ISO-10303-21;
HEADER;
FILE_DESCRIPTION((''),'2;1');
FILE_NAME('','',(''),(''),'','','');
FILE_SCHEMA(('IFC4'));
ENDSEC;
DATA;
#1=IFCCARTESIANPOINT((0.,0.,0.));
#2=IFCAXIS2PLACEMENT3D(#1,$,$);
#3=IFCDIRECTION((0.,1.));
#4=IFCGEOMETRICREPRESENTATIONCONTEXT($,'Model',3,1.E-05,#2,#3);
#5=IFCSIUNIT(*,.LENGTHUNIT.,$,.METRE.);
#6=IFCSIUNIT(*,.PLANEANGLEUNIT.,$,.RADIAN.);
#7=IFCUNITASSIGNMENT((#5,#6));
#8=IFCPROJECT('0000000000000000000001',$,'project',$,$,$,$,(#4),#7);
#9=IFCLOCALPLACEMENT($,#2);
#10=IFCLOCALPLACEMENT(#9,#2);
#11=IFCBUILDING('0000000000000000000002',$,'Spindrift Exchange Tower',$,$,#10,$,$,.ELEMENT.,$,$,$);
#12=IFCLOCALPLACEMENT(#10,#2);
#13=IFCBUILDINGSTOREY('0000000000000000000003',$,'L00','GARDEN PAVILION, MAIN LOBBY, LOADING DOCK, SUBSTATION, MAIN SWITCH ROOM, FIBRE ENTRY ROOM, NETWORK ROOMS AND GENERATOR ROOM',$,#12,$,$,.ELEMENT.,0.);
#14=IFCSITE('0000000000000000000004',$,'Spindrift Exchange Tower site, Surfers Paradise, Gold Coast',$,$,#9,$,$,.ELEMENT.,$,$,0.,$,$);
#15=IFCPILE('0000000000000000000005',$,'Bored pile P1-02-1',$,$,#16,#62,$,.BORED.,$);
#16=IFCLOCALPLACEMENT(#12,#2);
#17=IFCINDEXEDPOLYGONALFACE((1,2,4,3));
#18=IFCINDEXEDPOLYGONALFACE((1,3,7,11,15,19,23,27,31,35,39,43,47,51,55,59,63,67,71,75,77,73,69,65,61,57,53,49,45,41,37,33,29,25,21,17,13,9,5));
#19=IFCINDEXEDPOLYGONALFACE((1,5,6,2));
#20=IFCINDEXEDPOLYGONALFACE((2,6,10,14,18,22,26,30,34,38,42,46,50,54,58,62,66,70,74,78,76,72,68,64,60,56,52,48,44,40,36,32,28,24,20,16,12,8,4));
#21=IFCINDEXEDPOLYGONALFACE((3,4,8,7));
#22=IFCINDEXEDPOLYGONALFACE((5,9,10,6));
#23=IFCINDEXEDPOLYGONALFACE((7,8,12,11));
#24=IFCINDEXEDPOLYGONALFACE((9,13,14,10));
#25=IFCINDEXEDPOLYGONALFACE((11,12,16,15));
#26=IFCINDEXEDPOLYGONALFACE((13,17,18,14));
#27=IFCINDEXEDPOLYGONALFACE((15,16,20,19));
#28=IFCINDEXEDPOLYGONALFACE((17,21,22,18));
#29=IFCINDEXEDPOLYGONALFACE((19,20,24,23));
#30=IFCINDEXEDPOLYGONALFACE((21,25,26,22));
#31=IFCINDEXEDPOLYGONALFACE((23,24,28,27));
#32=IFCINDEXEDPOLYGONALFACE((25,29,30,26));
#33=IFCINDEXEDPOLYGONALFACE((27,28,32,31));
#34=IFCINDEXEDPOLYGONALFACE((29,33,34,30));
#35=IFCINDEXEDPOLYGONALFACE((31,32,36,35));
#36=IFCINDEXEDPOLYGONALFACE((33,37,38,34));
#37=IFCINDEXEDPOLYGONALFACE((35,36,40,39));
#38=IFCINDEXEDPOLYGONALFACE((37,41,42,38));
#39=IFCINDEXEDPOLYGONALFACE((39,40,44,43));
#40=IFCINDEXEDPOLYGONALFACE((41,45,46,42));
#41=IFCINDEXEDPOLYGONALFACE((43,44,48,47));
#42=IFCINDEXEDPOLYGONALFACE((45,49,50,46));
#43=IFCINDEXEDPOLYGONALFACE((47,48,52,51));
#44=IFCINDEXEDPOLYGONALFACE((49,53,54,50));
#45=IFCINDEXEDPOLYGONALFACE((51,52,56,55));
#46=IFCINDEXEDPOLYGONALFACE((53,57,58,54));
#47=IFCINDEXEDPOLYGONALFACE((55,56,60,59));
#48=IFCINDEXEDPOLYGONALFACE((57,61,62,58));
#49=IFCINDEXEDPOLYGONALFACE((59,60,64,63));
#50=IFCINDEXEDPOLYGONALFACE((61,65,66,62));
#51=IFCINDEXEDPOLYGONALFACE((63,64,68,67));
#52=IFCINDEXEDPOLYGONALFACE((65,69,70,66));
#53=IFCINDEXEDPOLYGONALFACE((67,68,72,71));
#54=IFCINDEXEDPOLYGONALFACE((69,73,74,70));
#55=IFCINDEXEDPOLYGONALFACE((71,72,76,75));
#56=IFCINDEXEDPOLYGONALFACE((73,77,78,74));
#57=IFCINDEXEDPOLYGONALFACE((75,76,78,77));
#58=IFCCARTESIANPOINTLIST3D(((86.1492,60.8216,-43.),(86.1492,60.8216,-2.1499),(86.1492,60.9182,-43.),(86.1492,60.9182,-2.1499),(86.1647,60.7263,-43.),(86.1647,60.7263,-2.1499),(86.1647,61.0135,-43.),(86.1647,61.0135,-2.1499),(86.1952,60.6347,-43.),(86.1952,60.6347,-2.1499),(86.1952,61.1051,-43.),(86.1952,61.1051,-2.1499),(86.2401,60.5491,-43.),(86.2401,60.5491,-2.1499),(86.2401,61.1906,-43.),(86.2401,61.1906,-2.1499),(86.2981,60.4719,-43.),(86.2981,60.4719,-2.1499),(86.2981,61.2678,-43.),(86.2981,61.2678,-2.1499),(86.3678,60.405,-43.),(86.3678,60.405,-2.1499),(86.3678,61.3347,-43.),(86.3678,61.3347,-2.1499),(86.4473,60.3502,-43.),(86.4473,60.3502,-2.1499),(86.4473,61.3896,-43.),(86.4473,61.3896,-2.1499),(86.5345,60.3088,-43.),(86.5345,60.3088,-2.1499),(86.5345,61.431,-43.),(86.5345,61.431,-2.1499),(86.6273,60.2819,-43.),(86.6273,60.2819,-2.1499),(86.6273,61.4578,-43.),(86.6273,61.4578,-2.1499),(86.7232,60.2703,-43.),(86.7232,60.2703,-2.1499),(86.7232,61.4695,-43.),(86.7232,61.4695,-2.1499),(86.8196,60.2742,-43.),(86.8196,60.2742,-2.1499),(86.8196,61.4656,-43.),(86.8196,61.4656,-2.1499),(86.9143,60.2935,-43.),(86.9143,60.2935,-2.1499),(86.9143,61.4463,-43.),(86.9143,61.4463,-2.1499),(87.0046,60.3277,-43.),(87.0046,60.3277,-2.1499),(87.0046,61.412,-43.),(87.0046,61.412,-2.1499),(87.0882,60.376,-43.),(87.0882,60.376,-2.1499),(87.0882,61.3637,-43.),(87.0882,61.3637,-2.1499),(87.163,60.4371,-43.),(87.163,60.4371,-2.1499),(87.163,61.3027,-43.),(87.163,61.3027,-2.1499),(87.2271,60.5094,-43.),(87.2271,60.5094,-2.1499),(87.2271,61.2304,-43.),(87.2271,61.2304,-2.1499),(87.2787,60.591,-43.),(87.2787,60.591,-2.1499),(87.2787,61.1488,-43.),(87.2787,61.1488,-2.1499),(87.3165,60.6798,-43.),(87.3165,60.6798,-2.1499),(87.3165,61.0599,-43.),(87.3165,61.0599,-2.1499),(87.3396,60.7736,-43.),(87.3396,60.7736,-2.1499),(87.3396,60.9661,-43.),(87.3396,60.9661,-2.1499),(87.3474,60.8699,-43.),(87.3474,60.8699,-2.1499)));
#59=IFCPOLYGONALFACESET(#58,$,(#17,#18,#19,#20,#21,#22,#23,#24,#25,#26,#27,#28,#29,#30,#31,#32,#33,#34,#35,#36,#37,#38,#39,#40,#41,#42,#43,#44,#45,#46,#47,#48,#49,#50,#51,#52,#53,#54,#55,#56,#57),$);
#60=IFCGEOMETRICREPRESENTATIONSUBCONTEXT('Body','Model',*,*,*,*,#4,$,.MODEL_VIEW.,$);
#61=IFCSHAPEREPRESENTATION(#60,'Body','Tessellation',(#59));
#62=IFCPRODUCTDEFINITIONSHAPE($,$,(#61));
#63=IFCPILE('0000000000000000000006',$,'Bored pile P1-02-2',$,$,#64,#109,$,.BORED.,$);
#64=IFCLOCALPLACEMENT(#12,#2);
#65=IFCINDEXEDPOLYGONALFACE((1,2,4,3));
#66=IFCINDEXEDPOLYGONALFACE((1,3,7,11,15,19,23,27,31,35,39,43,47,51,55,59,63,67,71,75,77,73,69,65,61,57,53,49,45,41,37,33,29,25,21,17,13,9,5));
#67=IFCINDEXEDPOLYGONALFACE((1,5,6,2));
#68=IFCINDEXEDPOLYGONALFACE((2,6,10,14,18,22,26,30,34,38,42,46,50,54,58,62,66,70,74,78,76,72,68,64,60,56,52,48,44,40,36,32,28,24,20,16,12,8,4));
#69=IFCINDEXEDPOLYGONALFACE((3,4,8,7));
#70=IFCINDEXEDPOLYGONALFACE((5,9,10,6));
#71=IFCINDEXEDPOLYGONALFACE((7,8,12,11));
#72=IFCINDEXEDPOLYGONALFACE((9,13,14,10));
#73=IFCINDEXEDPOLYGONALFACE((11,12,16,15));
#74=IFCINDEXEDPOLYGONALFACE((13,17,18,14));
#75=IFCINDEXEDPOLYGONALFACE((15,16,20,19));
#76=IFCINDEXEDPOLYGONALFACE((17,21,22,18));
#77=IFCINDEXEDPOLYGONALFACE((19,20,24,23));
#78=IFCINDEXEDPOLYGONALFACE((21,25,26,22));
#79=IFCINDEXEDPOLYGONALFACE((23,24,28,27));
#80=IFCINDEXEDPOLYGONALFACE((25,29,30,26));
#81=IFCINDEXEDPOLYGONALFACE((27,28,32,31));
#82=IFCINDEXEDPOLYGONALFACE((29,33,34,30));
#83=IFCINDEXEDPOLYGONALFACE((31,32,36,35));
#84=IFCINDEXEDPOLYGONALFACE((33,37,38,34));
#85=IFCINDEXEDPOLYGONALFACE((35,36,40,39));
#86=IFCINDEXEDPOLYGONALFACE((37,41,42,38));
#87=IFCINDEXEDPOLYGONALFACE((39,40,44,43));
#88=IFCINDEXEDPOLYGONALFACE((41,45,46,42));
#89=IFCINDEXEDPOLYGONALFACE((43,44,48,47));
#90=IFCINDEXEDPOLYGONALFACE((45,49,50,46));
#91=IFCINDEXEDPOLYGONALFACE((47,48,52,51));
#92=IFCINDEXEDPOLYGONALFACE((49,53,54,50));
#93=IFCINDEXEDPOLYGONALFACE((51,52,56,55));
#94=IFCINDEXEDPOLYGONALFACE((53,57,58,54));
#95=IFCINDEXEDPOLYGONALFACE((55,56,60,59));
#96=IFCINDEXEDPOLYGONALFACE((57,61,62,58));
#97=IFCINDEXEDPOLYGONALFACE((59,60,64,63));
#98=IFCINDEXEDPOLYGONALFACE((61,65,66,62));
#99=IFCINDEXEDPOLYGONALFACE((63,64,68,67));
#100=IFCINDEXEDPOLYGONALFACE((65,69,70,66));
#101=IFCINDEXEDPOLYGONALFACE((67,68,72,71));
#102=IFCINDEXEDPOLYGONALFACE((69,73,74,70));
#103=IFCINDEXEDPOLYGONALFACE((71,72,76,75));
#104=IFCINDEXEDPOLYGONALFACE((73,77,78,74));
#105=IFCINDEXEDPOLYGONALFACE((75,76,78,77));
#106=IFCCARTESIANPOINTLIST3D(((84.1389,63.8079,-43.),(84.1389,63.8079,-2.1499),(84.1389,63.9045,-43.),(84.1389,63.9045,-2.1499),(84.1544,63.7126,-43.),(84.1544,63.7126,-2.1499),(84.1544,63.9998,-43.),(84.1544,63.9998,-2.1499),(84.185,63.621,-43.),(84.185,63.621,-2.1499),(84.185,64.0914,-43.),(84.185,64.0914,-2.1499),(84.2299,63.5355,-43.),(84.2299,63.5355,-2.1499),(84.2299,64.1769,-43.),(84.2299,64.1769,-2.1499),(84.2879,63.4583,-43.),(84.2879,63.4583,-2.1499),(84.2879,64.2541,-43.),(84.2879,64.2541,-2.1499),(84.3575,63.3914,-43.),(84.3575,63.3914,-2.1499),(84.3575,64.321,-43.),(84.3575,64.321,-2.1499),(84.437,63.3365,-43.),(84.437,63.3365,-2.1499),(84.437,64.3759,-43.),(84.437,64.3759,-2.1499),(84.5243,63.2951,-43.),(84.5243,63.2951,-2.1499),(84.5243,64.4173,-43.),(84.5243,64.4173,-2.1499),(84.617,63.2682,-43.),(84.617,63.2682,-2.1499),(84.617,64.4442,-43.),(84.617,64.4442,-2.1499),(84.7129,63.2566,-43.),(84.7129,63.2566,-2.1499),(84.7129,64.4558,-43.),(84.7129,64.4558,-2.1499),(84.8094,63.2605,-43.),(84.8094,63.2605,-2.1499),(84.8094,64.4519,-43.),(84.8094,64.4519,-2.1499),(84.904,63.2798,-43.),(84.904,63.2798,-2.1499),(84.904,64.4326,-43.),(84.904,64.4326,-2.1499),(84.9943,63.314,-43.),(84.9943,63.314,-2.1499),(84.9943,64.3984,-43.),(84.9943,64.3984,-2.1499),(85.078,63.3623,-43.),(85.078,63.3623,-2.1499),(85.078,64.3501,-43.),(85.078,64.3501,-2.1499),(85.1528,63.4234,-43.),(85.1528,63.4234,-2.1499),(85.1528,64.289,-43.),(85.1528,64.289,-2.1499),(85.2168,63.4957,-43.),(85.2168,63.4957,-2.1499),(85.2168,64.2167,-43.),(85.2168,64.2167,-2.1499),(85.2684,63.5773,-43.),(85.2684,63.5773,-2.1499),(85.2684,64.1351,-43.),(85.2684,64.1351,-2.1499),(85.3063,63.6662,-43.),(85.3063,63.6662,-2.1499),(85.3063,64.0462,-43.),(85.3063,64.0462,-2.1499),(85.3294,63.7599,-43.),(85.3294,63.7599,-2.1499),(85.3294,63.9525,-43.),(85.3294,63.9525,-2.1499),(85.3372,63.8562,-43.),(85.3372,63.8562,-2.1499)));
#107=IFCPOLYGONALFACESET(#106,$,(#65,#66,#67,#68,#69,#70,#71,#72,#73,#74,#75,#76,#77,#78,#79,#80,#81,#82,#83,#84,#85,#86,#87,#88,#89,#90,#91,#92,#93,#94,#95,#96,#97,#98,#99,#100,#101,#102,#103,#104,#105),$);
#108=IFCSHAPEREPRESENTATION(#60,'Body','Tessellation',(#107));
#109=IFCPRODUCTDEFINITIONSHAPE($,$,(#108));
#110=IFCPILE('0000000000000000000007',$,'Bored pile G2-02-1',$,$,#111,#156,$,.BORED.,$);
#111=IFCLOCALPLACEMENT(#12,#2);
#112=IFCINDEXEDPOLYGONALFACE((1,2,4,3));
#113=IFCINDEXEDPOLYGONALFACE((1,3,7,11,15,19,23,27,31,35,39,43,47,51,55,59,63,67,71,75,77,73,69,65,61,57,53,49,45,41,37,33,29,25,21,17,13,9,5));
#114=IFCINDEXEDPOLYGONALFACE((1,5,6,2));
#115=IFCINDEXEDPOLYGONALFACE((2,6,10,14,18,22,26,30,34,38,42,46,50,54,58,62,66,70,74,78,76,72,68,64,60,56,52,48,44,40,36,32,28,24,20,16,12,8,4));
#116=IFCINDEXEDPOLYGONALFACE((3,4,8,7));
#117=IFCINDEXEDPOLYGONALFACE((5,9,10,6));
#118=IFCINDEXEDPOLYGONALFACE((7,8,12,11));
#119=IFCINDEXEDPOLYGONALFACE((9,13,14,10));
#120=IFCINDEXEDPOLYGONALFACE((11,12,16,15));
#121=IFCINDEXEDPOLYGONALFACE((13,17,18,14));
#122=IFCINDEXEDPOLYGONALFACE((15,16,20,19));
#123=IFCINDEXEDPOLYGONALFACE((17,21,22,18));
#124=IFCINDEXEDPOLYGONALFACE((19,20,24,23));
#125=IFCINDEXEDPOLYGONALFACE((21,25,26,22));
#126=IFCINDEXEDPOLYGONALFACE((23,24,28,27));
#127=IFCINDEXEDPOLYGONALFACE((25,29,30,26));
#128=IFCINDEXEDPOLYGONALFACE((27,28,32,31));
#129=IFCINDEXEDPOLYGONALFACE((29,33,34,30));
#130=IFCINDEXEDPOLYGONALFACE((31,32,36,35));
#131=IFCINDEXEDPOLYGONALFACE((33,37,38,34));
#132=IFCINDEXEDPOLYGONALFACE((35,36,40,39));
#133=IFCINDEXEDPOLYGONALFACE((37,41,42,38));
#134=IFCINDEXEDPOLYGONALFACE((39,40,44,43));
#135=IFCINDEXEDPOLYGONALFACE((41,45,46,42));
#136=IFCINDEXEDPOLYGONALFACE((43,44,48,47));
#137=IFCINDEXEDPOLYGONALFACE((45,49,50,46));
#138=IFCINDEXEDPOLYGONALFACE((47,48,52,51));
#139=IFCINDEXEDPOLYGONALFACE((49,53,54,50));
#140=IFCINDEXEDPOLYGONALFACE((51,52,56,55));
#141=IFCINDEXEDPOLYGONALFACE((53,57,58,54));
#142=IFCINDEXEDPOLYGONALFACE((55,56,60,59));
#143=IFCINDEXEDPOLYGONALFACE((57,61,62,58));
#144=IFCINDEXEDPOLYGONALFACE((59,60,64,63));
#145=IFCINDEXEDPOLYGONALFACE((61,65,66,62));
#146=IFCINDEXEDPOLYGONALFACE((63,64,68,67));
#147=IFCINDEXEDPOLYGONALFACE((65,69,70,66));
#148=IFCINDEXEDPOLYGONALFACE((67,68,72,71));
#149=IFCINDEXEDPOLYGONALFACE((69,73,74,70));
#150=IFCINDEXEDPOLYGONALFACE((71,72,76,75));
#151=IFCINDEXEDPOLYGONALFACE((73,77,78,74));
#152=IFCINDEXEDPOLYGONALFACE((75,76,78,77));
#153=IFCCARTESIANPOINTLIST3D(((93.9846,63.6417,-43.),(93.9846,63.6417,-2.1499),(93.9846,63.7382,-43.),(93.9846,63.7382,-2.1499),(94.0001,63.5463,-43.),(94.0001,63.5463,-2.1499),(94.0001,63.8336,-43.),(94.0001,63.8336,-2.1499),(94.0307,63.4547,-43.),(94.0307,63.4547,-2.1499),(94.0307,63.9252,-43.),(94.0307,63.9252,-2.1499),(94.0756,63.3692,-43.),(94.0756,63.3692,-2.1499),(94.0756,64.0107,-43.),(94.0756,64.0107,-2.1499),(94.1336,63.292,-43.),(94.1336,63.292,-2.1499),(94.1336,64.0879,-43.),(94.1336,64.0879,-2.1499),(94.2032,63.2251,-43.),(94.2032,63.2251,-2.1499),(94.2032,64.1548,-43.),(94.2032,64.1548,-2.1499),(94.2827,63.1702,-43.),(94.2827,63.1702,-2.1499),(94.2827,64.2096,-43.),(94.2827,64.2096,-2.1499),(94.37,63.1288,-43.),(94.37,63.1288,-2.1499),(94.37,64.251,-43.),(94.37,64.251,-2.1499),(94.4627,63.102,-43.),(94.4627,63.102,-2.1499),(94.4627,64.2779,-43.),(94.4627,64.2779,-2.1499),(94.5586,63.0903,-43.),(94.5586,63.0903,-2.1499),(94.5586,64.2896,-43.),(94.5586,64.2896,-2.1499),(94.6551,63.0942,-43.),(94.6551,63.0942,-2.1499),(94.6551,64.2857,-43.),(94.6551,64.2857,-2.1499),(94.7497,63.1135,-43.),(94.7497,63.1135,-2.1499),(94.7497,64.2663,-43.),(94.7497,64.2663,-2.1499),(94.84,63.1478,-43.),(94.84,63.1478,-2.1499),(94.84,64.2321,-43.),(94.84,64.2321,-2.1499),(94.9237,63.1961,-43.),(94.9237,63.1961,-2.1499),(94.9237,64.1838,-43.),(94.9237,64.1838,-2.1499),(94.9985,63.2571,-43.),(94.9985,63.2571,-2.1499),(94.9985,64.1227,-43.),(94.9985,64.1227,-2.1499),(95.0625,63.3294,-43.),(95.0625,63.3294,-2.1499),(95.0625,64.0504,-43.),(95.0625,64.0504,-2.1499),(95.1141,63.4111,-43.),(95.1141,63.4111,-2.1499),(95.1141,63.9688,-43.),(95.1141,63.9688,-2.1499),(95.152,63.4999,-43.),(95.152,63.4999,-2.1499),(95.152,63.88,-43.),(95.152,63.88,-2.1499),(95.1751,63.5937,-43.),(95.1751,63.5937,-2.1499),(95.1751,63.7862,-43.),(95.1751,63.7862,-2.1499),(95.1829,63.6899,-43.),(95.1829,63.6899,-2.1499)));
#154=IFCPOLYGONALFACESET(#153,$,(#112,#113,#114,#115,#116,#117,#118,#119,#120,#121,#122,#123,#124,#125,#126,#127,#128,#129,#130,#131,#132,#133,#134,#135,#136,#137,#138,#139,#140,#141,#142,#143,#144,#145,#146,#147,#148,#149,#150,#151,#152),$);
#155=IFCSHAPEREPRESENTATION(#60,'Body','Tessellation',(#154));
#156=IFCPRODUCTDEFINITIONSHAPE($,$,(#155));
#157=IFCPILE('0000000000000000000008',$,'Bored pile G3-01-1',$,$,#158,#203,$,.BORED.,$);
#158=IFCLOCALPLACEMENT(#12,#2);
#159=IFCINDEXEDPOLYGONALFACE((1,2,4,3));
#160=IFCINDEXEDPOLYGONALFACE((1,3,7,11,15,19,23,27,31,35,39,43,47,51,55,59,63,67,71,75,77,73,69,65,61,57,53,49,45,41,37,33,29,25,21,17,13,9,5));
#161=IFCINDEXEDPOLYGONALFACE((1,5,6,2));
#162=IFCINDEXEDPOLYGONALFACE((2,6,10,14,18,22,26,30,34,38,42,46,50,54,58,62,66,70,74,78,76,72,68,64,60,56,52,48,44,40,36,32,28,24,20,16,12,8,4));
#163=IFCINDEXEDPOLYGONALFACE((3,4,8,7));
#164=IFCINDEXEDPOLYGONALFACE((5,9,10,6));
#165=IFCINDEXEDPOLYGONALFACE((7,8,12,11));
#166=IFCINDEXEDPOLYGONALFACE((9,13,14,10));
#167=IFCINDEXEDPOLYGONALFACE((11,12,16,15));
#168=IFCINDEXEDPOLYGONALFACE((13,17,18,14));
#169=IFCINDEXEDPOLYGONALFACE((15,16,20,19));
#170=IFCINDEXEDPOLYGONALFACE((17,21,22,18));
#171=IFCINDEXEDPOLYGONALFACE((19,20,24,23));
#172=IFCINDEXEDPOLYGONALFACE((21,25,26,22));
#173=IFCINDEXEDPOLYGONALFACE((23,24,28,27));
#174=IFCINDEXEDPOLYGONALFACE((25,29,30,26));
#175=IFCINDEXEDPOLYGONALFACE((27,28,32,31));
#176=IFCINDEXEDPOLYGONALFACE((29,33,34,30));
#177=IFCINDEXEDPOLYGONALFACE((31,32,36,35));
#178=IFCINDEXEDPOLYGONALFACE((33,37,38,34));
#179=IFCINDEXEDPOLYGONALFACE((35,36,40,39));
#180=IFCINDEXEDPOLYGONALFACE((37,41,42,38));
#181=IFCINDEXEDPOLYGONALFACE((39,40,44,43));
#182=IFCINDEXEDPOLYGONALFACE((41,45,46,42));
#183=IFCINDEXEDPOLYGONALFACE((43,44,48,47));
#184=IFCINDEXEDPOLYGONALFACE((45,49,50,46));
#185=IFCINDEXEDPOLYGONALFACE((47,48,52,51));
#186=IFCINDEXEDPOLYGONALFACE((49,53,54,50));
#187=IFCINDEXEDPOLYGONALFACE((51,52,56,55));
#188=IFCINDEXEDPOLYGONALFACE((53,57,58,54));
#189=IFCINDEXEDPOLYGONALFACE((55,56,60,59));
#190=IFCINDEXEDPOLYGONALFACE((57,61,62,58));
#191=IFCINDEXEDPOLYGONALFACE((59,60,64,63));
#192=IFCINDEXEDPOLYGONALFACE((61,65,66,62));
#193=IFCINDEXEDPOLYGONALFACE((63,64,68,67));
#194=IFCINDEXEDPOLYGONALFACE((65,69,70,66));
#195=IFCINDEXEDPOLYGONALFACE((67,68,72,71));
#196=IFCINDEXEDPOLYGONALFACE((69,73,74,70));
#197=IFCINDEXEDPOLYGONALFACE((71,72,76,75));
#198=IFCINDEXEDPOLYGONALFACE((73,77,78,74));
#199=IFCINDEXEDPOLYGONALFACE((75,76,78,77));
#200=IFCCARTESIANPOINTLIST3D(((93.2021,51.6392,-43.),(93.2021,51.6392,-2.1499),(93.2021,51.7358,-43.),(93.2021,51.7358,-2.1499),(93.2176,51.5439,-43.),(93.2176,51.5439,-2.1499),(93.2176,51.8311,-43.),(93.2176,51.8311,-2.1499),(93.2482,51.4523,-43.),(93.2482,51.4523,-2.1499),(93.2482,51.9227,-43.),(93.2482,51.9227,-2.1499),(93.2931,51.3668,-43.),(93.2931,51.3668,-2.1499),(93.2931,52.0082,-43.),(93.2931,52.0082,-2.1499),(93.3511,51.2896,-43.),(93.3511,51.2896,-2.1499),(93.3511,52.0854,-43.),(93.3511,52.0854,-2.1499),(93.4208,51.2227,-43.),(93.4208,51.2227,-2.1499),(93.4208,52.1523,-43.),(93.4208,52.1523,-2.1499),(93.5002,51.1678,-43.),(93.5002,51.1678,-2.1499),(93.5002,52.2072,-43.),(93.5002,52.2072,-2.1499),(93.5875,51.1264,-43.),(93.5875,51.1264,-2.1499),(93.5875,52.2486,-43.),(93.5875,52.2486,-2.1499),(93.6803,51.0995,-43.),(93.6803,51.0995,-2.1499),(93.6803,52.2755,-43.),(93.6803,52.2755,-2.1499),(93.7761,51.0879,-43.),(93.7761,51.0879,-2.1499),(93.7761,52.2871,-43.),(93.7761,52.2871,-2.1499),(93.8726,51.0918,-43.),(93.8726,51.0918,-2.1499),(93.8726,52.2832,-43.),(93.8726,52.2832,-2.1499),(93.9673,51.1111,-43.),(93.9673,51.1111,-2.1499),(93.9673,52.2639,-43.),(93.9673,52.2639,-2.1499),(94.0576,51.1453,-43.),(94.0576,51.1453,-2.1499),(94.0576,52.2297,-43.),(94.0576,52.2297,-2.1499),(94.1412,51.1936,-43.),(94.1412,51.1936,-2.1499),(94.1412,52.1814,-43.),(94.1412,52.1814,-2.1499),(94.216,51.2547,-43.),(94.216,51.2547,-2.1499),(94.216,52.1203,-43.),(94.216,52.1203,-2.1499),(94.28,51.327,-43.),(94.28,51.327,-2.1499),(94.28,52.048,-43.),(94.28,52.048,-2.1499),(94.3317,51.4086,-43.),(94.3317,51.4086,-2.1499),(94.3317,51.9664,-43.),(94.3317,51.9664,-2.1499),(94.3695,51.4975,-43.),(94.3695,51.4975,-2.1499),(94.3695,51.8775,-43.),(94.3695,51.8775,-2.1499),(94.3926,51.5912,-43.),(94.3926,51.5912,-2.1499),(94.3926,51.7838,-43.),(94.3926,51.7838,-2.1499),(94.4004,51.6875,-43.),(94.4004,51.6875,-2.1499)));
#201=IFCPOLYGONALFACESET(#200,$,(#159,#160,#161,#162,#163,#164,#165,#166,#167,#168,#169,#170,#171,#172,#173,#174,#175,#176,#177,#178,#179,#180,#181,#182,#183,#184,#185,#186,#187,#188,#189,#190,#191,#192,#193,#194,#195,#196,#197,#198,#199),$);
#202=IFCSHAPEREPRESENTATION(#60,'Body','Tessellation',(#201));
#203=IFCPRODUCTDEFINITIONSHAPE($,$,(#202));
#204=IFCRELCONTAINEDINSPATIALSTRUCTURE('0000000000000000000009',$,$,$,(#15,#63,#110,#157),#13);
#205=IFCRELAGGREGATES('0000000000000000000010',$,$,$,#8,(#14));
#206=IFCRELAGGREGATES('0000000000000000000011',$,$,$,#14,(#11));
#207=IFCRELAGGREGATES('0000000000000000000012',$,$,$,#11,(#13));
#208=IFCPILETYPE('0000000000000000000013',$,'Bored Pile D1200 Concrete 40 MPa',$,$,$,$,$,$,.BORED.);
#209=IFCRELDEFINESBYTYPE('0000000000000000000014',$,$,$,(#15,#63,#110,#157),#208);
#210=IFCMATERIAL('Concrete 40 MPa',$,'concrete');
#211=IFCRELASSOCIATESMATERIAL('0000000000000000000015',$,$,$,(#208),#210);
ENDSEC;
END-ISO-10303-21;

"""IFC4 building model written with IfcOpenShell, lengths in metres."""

from ifc_helpers import new_model, si_unit, direction, frame, origin, origin_2d, place, context, subcontext, project, spatial, circle, extrude, source, transform, mapped, material, material_profile, profile_set, type_object, element, save


model = new_model("IFC4")

# Units and contexts
model_context = context("Model", 3, precision=1e-05, world=origin(), true_north=direction((0.0, 1.0)))
body_context = subcontext(model_context, "Body", "Model", "MODEL_VIEW")
ifc_project = project(units=[si_unit("LENGTHUNIT", "METRE"), si_unit("PLANEANGLEUNIT", "RADIAN")], contexts=[model_context])

# Site, building, storey
site_placement = place(None, origin())
site = spatial("IfcSite", under=ifc_project, at=site_placement, Name="Spindrift Exchange Tower site, Surfers Paradise, Gold Coast", CompositionType="ELEMENT", RefElevation=0.0)
building_placement = place(site_placement, origin())
building = spatial("IfcBuilding", under=site, at=building_placement, Name="Spindrift Exchange Tower", CompositionType="ELEMENT")
storey_placement = place(building_placement, origin())
storey = spatial("IfcBuildingStorey", under=building, at=storey_placement, Name="L00", Description="GARDEN PAVILION, MAIN LOBBY, LOADING DOCK, SUBSTATION, MAIN SWITCH ROOM, FIBRE ENTRY ROOM, NETWORK ROOMS AND GENERATOR ROOM", CompositionType="ELEMENT", Elevation=0.0)

# Piles
ifc_material_1 = material(Name="Concrete 40 MPa", Category="concrete")
ifc_material_profile_1 = material_profile(ifc_material_1, circle(Radius=0.6001, at=origin_2d()), Name="BP D1200")
ifc_profile_set_1 = profile_set([ifc_material_profile_1], Name="Concrete 40 MPa")
pile_type = type_object("IfcPileType", Name="Bored Pile D1200 Concrete 40 MPa", PredefinedType="BORED", material=ifc_profile_set_1)
shared_shape_1 = source(origin(), body_context, "Body", "SweptSolid", [
    extrude(circle(Radius=0.6001, at=origin_2d()), origin(), (0.0, 0.0, 1.0), 40.8501),
])
for number, where, z_axis, x_axis, name in (
    (1, (86.7473, 60.8699, -2.1499), (0.0, 0.0, -1.0), (1.0, 0.0, 0.0), "Bored pile P1-02-1"),
    (2, (84.7371, 63.8562, -2.1499), (0.0, 0.0, -1.0), (1.0, 0.0, 0.0), "Bored pile P1-02-2"),
    (3, (94.5828, 63.6899, -2.1499), (0.0, 0.0, -1.0), (1.0, 0.0, 0.0), "Bored pile G2-02-1"),
    (4, (93.8003, 51.6875, -2.1499), (0.0, 0.0, -1.0), (1.0, 0.0, 0.0), "Bored pile G3-01-1"),
):
    element("IfcPile", number, at=place(storey_placement, frame(where, z_axis=z_axis, x_axis=x_axis)), inside=storey, type_object=pile_type, Name=name, PredefinedType="BORED", context=body_context, shape_type="MappedRepresentation", body=[
        mapped(shared_shape_1, transform((0.0, 0.0, 0.0), scale=1.0)),
    ])

save(model, "model.ifc")
